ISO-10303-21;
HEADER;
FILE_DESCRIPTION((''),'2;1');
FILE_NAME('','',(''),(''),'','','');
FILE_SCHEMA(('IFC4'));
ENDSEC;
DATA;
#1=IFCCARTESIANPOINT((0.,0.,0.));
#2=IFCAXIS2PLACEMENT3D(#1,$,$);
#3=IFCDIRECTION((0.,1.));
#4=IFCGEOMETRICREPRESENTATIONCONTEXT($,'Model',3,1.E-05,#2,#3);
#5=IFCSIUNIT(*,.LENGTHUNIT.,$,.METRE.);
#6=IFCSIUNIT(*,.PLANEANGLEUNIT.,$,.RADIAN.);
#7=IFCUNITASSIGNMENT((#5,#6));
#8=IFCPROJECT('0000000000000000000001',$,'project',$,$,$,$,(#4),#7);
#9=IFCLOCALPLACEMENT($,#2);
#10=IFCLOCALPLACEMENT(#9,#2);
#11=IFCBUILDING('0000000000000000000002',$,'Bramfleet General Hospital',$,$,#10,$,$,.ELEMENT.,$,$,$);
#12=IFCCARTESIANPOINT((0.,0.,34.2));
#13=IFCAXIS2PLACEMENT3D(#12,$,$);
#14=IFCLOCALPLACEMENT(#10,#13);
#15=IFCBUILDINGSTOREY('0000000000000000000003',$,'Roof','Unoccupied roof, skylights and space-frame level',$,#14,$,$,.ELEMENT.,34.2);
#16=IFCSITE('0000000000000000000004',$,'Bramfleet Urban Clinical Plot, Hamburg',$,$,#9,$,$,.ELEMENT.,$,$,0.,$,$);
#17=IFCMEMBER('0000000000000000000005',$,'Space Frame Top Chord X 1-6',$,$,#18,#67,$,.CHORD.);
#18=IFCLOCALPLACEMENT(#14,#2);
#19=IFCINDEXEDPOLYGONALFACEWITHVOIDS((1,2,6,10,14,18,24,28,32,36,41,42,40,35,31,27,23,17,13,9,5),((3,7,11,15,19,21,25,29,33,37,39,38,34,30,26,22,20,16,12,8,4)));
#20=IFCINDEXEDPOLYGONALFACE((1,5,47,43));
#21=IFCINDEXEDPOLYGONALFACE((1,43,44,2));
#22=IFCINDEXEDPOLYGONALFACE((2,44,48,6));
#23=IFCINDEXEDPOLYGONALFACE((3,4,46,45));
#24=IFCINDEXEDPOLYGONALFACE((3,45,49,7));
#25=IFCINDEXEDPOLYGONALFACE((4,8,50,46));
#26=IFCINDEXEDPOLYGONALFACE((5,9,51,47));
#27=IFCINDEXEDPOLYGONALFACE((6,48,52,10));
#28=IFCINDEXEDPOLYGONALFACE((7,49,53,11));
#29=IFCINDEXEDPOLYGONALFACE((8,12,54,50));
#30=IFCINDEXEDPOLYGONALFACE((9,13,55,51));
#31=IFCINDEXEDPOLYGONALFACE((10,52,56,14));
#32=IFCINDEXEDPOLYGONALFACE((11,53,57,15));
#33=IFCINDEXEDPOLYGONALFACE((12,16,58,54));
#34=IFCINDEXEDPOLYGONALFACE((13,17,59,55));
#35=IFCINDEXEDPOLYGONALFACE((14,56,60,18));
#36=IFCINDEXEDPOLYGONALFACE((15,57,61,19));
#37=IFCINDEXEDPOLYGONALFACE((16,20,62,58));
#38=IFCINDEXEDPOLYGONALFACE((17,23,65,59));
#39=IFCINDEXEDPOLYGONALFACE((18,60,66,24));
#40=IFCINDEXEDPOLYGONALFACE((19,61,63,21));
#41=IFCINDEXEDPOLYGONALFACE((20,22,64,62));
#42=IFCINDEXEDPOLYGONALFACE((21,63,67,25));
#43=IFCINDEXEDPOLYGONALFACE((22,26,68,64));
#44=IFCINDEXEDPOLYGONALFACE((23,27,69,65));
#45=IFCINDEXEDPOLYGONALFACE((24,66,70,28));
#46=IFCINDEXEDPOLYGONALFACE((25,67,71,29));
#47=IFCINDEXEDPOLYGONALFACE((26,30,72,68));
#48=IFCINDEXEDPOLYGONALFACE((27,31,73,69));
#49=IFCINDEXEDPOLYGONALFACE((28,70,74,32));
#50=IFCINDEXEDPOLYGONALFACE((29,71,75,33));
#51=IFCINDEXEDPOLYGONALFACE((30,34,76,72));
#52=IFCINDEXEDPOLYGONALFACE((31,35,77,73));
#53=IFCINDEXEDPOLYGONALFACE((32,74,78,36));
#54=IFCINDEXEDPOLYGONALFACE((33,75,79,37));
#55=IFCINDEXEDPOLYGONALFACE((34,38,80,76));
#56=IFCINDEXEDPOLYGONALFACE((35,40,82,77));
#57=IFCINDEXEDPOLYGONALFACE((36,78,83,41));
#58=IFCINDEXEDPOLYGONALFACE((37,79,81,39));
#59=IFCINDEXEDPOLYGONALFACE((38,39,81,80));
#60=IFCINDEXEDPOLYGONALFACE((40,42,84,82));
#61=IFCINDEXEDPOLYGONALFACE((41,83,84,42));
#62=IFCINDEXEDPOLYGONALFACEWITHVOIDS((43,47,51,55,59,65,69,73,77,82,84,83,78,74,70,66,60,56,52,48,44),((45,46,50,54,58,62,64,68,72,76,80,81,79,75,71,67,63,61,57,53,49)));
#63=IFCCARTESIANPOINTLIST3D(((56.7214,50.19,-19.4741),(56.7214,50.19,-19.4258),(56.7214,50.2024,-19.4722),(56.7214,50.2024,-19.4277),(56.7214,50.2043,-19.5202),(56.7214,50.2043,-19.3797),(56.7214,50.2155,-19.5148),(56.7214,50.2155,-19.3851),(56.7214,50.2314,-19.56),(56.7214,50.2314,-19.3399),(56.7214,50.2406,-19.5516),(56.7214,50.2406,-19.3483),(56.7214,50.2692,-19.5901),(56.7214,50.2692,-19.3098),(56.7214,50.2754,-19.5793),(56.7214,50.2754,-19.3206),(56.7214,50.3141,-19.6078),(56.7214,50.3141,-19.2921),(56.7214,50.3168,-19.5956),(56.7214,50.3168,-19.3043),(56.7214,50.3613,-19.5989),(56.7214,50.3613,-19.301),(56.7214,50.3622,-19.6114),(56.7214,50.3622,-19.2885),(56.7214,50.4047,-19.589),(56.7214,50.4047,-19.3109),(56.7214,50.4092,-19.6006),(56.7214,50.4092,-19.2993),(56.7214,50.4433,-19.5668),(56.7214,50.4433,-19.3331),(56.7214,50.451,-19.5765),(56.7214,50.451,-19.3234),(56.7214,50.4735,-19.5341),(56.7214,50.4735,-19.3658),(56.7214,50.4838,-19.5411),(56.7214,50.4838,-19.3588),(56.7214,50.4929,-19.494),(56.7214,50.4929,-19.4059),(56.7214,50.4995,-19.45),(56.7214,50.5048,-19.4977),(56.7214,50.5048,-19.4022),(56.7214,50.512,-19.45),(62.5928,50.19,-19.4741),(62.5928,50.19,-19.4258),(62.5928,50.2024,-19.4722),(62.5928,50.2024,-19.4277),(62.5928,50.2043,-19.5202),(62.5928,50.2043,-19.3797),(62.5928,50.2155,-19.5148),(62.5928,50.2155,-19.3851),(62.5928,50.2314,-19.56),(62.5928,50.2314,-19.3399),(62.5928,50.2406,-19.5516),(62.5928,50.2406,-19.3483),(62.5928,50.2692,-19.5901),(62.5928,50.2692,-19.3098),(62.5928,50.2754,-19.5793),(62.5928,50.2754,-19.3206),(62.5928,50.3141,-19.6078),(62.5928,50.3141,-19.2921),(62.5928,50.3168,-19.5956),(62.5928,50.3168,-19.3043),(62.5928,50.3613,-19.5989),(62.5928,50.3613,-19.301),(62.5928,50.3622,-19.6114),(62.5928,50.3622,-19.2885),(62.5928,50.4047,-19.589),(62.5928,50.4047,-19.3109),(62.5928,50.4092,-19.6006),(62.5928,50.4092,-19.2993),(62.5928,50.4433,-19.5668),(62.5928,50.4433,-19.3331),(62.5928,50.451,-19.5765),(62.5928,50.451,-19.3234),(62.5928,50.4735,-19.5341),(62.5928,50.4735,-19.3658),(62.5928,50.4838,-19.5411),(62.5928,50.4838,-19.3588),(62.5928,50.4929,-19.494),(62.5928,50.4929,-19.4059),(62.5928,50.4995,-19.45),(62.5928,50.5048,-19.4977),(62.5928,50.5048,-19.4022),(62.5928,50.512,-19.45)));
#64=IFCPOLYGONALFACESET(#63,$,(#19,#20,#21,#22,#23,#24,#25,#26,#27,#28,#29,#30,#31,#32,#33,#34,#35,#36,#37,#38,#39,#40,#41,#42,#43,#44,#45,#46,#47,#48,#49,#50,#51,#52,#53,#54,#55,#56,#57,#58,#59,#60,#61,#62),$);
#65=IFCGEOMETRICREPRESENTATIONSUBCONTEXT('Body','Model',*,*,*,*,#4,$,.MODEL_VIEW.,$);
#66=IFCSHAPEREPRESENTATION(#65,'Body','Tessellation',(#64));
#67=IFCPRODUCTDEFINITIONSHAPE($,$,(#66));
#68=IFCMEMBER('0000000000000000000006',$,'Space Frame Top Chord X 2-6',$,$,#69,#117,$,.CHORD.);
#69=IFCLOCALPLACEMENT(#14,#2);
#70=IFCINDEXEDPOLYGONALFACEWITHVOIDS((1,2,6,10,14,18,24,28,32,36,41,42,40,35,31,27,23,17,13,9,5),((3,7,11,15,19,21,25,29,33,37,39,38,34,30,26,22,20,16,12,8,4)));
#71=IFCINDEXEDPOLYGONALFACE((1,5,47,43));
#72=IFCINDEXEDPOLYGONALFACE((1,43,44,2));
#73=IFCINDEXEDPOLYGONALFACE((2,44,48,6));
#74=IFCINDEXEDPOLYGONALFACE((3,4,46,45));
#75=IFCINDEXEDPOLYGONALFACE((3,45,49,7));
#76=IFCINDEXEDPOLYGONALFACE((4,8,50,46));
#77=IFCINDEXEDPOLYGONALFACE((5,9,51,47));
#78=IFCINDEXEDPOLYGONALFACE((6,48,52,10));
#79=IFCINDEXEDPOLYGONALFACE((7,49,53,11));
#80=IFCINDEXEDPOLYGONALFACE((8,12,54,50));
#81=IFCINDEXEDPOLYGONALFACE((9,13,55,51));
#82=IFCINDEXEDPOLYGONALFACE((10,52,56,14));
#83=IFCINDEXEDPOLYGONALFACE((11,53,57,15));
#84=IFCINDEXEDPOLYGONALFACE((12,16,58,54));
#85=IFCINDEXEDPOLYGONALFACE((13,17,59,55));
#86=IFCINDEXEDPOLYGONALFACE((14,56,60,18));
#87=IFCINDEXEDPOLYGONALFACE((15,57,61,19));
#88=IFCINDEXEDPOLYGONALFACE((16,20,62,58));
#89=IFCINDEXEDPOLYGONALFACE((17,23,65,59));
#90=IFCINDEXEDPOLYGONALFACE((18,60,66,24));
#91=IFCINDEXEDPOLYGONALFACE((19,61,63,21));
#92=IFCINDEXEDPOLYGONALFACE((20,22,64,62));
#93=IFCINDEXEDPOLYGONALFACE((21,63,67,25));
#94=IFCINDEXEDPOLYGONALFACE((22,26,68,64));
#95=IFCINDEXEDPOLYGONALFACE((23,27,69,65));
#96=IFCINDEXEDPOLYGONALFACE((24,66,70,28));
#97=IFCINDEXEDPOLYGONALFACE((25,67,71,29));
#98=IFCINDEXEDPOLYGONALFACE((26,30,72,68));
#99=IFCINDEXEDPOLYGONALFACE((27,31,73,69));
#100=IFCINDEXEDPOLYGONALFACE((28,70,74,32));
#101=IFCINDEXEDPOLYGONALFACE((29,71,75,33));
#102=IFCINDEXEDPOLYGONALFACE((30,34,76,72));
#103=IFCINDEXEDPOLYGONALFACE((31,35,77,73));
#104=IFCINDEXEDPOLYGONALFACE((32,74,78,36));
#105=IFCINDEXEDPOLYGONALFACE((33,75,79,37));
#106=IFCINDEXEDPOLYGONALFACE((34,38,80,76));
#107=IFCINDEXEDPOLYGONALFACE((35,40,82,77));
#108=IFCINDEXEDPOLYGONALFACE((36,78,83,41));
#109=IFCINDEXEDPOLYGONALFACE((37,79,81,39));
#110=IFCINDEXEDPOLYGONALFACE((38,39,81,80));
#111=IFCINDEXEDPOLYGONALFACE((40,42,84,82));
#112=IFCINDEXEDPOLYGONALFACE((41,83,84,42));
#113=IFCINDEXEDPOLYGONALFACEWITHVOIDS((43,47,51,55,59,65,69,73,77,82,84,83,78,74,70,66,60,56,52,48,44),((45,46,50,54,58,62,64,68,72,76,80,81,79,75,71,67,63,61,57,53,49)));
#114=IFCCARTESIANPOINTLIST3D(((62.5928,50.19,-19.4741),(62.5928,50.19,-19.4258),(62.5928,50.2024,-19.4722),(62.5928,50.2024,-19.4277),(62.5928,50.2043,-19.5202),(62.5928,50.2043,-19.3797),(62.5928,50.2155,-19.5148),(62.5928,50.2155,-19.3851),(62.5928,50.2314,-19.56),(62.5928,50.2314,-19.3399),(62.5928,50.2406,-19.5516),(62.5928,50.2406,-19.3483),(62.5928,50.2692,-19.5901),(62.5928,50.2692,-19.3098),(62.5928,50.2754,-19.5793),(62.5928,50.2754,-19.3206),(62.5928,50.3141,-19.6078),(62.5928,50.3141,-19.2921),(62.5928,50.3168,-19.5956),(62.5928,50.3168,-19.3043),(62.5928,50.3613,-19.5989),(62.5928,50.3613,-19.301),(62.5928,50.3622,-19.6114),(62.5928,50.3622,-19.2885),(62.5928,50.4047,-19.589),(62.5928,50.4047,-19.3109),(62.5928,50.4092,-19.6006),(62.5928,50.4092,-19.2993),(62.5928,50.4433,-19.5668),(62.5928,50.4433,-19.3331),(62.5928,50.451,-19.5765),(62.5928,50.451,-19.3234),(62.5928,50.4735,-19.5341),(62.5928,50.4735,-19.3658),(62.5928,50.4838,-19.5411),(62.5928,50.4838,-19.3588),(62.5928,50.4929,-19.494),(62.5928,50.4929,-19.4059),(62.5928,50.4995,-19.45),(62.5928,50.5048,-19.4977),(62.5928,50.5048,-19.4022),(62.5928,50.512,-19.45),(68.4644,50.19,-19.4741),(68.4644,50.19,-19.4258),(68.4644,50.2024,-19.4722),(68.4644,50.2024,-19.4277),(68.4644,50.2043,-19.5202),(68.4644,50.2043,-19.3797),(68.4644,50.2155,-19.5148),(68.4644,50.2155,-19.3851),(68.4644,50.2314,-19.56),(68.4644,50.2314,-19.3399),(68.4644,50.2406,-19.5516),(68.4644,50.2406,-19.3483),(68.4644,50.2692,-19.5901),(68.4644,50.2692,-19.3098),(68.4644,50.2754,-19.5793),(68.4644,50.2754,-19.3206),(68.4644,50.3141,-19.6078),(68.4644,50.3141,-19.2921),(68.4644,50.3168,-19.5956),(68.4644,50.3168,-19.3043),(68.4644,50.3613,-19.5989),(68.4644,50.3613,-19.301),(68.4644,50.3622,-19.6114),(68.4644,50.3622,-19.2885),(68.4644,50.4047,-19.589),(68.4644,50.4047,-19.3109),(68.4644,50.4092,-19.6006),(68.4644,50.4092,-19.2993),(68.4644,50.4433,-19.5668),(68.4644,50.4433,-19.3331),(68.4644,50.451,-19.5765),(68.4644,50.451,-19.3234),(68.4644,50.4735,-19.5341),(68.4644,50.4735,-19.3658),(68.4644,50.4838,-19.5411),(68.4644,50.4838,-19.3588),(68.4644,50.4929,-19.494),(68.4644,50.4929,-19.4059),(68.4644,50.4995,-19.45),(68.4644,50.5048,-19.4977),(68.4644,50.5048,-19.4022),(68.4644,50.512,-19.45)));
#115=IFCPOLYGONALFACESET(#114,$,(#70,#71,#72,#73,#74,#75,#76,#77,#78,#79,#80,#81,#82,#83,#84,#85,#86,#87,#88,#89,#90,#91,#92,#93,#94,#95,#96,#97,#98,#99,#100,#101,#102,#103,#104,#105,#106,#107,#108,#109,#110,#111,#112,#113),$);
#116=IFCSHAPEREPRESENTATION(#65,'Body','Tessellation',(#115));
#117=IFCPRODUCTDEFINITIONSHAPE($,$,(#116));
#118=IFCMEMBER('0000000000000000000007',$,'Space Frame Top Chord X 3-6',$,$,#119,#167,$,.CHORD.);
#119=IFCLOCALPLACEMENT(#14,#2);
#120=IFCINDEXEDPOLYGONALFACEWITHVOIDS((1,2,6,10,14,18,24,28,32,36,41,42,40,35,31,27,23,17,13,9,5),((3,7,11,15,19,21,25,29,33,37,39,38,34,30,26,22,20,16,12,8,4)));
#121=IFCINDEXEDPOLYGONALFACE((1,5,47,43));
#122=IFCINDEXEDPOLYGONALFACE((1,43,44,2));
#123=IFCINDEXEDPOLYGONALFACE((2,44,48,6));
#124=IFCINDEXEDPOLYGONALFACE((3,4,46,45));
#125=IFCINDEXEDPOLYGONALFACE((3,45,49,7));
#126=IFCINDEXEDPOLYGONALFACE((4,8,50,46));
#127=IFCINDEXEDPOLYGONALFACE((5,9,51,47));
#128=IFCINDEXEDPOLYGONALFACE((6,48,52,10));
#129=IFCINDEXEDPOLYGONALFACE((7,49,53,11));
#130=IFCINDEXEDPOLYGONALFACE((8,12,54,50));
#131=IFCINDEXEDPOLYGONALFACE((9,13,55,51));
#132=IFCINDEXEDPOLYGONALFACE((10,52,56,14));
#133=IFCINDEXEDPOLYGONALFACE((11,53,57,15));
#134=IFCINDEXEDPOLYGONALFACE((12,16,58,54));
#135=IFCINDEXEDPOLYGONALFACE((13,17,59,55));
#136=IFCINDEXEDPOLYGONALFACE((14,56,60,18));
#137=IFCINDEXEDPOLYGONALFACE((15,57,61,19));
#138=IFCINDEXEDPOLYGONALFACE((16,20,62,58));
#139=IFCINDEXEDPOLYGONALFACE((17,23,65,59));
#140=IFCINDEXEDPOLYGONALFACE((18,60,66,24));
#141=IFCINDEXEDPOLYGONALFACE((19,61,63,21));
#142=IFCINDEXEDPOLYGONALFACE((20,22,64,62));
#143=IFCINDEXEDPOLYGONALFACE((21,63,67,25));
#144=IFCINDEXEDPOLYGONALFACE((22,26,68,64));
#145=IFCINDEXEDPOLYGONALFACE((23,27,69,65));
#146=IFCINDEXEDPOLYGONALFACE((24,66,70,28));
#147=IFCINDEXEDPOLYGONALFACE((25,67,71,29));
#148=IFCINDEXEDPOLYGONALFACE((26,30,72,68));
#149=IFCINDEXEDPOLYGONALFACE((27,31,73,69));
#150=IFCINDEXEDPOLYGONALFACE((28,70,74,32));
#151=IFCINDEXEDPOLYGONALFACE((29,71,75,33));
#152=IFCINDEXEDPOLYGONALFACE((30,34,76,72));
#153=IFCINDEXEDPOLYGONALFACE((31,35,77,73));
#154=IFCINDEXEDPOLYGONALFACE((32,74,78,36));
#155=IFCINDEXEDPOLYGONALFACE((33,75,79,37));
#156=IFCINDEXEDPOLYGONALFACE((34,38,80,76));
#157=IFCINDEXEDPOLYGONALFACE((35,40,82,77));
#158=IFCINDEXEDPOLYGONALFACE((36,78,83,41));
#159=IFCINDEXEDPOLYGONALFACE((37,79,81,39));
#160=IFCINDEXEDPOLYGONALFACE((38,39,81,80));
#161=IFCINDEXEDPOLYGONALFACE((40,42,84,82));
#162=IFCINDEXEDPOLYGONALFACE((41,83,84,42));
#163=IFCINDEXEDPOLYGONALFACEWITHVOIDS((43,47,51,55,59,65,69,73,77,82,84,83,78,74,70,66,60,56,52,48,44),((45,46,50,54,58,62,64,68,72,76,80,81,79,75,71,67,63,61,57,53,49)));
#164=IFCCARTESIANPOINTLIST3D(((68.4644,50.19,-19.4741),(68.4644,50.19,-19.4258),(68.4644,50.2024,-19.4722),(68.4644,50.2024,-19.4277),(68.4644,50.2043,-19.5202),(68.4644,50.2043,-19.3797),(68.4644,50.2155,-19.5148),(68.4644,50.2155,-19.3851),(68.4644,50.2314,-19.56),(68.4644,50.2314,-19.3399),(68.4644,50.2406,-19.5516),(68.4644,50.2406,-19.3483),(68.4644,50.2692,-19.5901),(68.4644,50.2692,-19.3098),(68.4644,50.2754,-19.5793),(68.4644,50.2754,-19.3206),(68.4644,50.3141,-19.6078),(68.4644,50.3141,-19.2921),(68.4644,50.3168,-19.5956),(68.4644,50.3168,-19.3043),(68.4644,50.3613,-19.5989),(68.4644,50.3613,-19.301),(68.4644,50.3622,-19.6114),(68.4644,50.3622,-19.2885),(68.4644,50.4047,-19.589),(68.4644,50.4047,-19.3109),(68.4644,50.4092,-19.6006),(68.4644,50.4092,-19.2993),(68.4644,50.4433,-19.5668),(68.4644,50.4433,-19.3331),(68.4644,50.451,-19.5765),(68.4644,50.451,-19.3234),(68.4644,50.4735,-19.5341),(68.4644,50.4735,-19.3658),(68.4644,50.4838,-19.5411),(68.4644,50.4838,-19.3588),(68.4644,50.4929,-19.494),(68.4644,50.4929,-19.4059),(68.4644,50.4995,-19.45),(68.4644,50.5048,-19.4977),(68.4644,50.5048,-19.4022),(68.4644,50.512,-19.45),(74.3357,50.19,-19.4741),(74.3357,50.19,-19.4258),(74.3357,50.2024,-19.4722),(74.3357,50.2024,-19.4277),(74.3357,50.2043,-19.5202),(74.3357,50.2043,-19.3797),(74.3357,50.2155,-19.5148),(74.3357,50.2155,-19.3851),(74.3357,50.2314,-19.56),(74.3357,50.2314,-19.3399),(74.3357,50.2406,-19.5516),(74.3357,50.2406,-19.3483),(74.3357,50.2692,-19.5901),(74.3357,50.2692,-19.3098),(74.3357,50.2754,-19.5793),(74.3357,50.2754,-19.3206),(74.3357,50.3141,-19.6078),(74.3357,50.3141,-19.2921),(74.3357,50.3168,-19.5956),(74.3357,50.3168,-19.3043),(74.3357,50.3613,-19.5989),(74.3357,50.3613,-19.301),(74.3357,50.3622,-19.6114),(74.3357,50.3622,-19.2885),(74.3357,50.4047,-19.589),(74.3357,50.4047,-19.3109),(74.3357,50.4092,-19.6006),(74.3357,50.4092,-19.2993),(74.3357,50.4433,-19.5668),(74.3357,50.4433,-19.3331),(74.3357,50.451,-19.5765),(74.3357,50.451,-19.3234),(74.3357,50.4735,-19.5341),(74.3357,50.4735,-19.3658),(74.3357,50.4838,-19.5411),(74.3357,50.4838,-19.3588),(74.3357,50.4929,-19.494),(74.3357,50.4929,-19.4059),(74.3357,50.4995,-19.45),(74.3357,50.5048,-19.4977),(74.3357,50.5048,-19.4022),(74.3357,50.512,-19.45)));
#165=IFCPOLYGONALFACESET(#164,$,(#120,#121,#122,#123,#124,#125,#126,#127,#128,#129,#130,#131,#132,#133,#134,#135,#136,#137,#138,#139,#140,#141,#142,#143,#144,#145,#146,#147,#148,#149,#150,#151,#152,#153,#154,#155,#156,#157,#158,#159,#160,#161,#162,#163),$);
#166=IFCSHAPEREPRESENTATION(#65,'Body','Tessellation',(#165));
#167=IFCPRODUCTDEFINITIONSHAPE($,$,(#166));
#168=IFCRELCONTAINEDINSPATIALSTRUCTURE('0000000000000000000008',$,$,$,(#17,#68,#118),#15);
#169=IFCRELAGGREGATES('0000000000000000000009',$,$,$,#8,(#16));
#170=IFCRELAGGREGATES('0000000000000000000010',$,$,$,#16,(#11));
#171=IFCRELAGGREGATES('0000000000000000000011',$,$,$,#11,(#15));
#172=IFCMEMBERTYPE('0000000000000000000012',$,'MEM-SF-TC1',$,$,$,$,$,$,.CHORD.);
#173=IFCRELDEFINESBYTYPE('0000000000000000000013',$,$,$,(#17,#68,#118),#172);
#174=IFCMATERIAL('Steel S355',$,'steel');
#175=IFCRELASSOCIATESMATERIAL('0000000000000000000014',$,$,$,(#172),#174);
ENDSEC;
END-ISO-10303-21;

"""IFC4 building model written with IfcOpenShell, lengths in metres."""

from ifc_helpers import new_model, si_unit, direction, frame, origin, origin_2d, place, context, subcontext, project, spatial, hollow_circle, extrude, material, material_profile, profile_set, type_object, element, save


model = new_model("IFC4")

# Units and contexts
model_context = context("Model", 3, precision=1e-05, world=origin(), true_north=direction((0.0, 1.0)))
body_context = subcontext(model_context, "Body", "Model", "MODEL_VIEW")
ifc_project = project(units=[si_unit("LENGTHUNIT", "METRE"), si_unit("PLANEANGLEUNIT", "RADIAN")], contexts=[model_context])

# Site, building, storey
site_placement = place(None, origin())
site = spatial("IfcSite", under=ifc_project, at=site_placement, Name="Bramfleet Urban Clinical Plot, Hamburg", CompositionType="ELEMENT", RefElevation=0.0)
building_placement = place(site_placement, origin())
building = spatial("IfcBuilding", under=site, at=building_placement, Name="Bramfleet General Hospital", CompositionType="ELEMENT")
storey_placement = place(building_placement, frame((0.0, 0.0, 34.2)))
storey = spatial("IfcBuildingStorey", under=building, at=storey_placement, Name="Roof", Description="Unoccupied roof, skylights and space-frame level", CompositionType="ELEMENT", Elevation=34.2)

# Members
ifc_material_1 = material(Name="Steel S355", Category="steel")
ifc_material_profile_1 = material_profile(ifc_material_1, hollow_circle(Radius=0.1619, WallThickness=0.0125, at=origin_2d()), Name="CHS 323.9x12.5")
ifc_profile_set_1 = profile_set([ifc_material_profile_1], Name="Steel S355")
member_type_1 = type_object("IfcMemberType", Name="MEM-SF-TC1", PredefinedType="CHORD", material=ifc_profile_set_1)
for number, where, z_axis, x_axis, name in (
    (1, (56.7214, 50.3501, -19.45), (1.0, 0.0, 0.0), (0.0, 1.0, 0.0), "Space Frame Top Chord X 1-6"),
):
    element("IfcMember", number, at=place(storey_placement, frame(where, z_axis=z_axis, x_axis=x_axis)), inside=storey, type_object=member_type_1, Name=name, PredefinedType="CHORD", context=body_context, shape_type="SweptSolid", body=[
        extrude(hollow_circle(Radius=0.1619, WallThickness=0.0125, at=origin_2d()), origin(), (0.0, 0.0, 1.0), 5.8713),
    ])
member_1_placement = place(storey_placement, frame((62.5928, 50.3501, -19.45), z_axis=(1.0, 0.0, 0.0), x_axis=(0.0, 1.0, 0.0)))
element("IfcMember", 2, at=member_1_placement, inside=storey, type_object=member_type_1, Name="Space Frame Top Chord X 2-6", PredefinedType="CHORD", context=body_context, shape_type="SweptSolid", body=[
    extrude(hollow_circle(Radius=0.1619, WallThickness=0.0125, at=origin_2d()), origin(), (0.0, 0.0, 1.0), 5.8716),
])
for number, where, z_axis, x_axis, name in (
    (3, (68.4644, 50.3501, -19.45), (1.0, 0.0, 0.0), (0.0, 1.0, 0.0), "Space Frame Top Chord X 3-6"),
):
    element("IfcMember", number, at=place(storey_placement, frame(where, z_axis=z_axis, x_axis=x_axis)), inside=storey, type_object=member_type_1, Name=name, PredefinedType="CHORD", context=body_context, shape_type="SweptSolid", body=[
        extrude(hollow_circle(Radius=0.1619, WallThickness=0.0125, at=origin_2d()), origin(), (0.0, 0.0, 1.0), 5.8713),
    ])

save(model, "model.ifc")
